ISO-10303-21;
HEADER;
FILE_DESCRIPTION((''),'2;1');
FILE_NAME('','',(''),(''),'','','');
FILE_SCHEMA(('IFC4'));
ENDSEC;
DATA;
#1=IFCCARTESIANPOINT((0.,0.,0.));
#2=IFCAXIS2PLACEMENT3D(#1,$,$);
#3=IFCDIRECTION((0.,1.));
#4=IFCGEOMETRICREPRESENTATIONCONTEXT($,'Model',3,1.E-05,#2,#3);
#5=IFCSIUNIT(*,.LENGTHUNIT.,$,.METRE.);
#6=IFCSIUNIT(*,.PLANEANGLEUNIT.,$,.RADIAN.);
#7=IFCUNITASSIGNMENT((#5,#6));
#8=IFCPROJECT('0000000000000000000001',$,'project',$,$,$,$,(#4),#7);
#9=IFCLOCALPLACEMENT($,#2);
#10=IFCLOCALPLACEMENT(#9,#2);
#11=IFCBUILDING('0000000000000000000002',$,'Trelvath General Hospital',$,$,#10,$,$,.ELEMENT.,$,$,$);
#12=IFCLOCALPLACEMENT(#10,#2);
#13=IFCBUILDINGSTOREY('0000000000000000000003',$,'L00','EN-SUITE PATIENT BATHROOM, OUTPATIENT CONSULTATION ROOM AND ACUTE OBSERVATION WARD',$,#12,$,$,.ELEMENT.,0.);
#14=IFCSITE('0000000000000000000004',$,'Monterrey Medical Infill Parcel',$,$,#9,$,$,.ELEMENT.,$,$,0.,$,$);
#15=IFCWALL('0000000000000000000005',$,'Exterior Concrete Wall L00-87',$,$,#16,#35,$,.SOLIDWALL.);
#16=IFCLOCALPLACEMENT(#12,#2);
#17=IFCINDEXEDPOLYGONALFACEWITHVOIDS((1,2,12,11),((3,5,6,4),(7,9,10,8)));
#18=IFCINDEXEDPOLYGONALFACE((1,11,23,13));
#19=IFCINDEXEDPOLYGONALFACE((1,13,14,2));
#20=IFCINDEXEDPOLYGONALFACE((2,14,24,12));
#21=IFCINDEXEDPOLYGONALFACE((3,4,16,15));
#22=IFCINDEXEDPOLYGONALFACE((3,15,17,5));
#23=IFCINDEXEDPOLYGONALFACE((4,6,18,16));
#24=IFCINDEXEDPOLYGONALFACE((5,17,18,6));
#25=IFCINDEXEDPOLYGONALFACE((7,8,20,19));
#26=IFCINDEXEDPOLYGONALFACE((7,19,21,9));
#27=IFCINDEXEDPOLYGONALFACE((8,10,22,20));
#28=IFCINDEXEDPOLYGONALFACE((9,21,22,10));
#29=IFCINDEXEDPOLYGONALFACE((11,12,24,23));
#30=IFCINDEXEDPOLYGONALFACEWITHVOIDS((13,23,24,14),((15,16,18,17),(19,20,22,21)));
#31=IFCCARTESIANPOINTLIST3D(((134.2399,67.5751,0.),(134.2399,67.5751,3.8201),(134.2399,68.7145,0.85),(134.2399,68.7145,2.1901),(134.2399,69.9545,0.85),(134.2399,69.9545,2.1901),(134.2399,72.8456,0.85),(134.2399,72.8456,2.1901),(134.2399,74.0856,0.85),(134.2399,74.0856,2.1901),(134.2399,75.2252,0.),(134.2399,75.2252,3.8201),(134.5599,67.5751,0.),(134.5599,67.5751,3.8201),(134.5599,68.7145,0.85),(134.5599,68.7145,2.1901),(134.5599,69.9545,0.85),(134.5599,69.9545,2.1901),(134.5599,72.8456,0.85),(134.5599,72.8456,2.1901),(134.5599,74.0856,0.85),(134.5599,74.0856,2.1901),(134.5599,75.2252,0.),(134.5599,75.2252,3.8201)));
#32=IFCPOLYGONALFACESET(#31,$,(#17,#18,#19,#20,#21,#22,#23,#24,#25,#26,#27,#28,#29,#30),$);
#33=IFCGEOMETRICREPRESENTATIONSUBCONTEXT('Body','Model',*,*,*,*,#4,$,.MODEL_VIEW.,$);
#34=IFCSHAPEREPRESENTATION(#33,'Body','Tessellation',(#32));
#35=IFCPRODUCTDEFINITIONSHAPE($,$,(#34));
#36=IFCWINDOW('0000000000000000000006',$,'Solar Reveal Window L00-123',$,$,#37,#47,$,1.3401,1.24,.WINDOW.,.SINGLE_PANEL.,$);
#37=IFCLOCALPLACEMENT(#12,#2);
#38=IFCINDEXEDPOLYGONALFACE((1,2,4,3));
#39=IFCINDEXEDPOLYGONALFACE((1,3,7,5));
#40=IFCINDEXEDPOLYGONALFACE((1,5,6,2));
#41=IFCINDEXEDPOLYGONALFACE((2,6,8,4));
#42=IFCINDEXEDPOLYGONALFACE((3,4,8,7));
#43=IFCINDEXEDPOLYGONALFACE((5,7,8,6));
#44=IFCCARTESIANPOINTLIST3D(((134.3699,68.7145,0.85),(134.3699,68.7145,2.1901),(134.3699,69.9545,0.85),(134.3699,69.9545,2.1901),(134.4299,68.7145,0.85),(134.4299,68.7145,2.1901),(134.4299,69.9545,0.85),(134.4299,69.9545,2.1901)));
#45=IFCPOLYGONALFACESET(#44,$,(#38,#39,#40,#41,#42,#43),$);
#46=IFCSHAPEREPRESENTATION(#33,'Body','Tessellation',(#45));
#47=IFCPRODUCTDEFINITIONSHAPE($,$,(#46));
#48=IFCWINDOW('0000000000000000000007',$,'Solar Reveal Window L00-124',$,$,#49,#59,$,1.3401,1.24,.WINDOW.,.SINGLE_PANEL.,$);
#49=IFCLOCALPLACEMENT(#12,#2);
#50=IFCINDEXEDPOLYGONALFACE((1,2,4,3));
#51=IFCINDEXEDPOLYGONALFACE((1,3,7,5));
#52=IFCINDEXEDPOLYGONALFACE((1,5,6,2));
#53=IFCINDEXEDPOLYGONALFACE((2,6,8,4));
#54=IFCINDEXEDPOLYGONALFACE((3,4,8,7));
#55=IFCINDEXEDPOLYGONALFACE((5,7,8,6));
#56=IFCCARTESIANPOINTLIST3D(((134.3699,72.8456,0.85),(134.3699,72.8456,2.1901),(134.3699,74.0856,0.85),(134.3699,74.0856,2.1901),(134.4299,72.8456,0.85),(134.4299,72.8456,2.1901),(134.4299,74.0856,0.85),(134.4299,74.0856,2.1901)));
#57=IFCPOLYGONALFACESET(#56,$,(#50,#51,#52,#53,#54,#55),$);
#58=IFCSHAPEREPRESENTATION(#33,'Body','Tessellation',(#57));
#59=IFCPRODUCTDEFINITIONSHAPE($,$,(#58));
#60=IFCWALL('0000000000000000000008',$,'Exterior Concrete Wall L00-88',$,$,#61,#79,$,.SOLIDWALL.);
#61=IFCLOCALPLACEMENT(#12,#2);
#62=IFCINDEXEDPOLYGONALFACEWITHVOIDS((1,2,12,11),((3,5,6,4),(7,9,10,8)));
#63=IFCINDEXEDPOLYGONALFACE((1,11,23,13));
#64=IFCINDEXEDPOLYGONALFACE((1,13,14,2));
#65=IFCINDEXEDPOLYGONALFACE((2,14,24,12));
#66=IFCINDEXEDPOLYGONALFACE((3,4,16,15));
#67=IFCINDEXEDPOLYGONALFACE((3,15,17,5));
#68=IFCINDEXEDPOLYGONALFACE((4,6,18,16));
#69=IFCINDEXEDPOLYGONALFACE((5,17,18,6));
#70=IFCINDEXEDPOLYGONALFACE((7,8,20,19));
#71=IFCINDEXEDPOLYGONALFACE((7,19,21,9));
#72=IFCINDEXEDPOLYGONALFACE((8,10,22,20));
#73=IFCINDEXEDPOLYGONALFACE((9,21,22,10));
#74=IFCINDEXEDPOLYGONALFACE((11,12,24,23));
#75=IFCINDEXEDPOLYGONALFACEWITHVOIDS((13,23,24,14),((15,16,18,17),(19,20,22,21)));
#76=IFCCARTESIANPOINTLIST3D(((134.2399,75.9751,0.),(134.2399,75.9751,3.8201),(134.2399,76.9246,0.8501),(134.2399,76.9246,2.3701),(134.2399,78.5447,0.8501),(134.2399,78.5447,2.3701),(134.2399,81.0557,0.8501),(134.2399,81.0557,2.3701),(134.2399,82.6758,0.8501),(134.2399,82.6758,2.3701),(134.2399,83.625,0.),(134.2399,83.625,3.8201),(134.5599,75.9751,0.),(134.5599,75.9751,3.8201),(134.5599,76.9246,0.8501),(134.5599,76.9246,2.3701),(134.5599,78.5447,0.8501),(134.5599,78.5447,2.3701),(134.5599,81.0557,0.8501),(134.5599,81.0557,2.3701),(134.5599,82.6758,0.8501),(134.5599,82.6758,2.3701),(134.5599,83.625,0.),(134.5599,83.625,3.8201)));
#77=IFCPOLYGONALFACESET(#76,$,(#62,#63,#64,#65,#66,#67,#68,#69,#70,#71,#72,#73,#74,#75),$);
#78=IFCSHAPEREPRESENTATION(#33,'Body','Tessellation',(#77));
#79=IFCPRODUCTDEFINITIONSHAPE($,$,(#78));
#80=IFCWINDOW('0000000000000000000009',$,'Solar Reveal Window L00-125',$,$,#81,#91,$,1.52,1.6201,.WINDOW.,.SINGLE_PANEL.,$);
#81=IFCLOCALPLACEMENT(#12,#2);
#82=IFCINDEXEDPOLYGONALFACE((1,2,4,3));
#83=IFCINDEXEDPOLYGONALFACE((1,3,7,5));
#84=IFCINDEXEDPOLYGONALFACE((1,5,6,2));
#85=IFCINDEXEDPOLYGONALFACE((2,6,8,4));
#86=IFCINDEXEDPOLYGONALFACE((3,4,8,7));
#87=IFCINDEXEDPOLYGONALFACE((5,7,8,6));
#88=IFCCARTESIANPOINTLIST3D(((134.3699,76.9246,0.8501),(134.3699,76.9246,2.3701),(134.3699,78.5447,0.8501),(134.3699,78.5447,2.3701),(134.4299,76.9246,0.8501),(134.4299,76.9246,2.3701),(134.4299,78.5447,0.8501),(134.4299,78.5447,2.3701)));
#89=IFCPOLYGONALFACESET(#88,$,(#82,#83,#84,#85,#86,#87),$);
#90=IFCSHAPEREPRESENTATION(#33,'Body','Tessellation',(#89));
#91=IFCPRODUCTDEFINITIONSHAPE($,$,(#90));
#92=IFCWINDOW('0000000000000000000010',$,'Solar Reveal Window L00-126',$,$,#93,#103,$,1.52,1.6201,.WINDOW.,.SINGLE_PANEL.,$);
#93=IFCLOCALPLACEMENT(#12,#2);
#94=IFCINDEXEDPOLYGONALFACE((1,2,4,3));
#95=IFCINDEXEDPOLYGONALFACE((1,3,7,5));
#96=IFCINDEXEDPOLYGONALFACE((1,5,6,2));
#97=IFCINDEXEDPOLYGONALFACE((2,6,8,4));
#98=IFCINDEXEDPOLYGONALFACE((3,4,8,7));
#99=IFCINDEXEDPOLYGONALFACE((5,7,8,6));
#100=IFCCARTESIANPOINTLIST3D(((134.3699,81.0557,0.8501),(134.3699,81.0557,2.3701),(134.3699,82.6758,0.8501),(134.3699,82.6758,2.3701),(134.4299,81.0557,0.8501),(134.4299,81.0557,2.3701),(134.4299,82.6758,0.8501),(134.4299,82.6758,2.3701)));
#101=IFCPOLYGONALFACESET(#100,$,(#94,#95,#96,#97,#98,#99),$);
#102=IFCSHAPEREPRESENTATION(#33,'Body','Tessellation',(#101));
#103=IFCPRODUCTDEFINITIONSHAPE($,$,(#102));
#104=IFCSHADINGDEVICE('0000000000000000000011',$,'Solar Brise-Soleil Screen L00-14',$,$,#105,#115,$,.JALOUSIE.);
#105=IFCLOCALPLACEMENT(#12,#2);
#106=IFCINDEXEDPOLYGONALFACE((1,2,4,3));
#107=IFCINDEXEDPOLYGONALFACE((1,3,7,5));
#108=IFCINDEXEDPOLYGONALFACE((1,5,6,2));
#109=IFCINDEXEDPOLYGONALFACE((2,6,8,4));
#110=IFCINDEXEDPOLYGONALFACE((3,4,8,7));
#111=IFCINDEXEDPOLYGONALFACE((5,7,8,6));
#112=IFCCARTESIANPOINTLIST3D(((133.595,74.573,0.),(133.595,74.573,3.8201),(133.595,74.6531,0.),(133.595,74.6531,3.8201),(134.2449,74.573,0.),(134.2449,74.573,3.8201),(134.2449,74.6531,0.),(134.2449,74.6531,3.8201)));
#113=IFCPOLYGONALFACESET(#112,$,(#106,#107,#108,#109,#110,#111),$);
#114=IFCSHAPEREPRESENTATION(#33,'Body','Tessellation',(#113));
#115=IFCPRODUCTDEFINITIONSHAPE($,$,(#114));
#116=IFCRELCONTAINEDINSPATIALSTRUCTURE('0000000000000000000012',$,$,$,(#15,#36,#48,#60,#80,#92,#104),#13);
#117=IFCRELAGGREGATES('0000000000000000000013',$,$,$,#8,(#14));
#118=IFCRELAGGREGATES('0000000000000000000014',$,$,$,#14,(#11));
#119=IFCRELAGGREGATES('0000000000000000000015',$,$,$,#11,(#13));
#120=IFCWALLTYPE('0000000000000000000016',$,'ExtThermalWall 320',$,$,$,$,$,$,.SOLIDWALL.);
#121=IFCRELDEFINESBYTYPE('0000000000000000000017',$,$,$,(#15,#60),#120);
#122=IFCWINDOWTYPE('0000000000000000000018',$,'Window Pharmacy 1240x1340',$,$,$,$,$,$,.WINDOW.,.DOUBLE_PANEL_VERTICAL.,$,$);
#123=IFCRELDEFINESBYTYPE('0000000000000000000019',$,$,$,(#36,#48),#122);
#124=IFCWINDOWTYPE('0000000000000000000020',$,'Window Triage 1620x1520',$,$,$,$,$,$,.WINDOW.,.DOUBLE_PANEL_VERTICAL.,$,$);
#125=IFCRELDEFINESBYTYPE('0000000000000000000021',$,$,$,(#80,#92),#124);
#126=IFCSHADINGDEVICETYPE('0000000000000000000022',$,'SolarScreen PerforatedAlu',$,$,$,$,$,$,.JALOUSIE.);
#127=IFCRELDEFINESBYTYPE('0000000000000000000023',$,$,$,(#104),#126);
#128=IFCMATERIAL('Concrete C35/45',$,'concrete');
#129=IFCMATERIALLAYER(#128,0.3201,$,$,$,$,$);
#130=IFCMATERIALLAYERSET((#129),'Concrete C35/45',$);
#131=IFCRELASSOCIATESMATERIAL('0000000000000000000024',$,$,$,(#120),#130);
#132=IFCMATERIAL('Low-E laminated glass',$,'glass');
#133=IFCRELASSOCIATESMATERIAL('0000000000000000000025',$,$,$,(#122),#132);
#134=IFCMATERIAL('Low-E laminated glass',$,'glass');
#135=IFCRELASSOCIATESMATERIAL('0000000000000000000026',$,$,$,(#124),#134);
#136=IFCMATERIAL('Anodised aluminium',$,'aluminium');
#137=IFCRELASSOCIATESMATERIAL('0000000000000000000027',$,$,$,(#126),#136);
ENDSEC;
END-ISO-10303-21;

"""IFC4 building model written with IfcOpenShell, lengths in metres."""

from ifc_helpers import new_model, si_unit, direction, frame, frame_2d, origin, origin_2d, place, context, subcontext, project, spatial, rectangle, extrude, material, layer, layer_set, type_object, element, fill, save


model = new_model("IFC4")

# Units and contexts
model_context = context("Model", 3, precision=1e-05, world=origin(), true_north=direction((0.0, 1.0)))
body_context = subcontext(model_context, "Body", "Model", "MODEL_VIEW")
ifc_project = project(units=[si_unit("LENGTHUNIT", "METRE"), si_unit("PLANEANGLEUNIT", "RADIAN")], contexts=[model_context])

# Site, building, storey
site_placement = place(None, origin())
site = spatial("IfcSite", under=ifc_project, at=site_placement, Name="Monterrey Medical Infill Parcel", CompositionType="ELEMENT", RefElevation=0.0)
building_placement = place(site_placement, origin())
building = spatial("IfcBuilding", under=site, at=building_placement, Name="Trelvath General Hospital", CompositionType="ELEMENT")
storey_placement = place(building_placement, origin())
storey = spatial("IfcBuildingStorey", under=building, at=storey_placement, Name="L00", Description="EN-SUITE PATIENT BATHROOM, OUTPATIENT CONSULTATION ROOM AND ACUTE OBSERVATION WARD", CompositionType="ELEMENT", Elevation=0.0)

# Walls, openings, windows
ifc_material_1 = material(Name="Concrete C35/45", Category="concrete")
ifc_layer_1 = layer(ifc_material_1, 0.3201)
ifc_layer_set_1 = layer_set([ifc_layer_1], Name="Concrete C35/45")
wall_type_1 = type_object("IfcWallType", Name="ExtThermalWall 320", PredefinedType="SOLIDWALL", material=ifc_layer_set_1)
wall_1_placement = place(storey_placement, frame((134.3999, 67.575, 0.0), z_axis=(0.0, 0.0, 1.0), x_axis=(0.0, 1.0, 0.0)))
wall_1 = element("IfcWall", 1, at=wall_1_placement, inside=storey, type_object=wall_type_1, Name="Exterior Concrete Wall L00-87", PredefinedType="SOLIDWALL", context=body_context, shape_type="SweptSolid", body=[
    extrude(rectangle(XDim=7.6501, YDim=0.3201, at=frame_2d((3.8252, 0.0))), origin(), (0.0, 0.0, 1.0), 3.8201),
])
opening_1_placement = place(wall_1_placement, frame((1.1394, 0.0, 0.8501)))
opening_1 = element("IfcOpeningElement", 2, at=opening_1_placement, cuts=wall_1, PredefinedType="OPENING", context=body_context, shape_type="SweptSolid", body=[
    extrude(rectangle(XDim=1.24, YDim=1.3401, at=frame_2d((0.6201, 0.6699))), frame((0.0, 0.1699, 0.0), z_axis=(0.0, -1.0, 0.0), x_axis=(1.0, 0.0, 0.0)), (0.0, 0.0, 1.0), 0.3401),
])
opening_2_placement = place(wall_1_placement, frame((5.2705, 0.0, 0.8501)))
opening_2 = element("IfcOpeningElement", 3, at=opening_2_placement, cuts=wall_1, PredefinedType="OPENING", context=body_context, shape_type="SweptSolid", body=[
    extrude(rectangle(XDim=1.24, YDim=1.3401, at=frame_2d((0.6201, 0.6699))), frame((0.0, 0.1699, 0.0), z_axis=(0.0, -1.0, 0.0), x_axis=(1.0, 0.0, 0.0)), (0.0, 0.0, 1.0), 0.3401),
])
ifc_material_2 = material(Name="Low-E laminated glass", Category="glass")
window_type_1 = type_object("IfcWindowType", Name="Window Pharmacy 1240x1340", PartitioningType="DOUBLE_PANEL_VERTICAL", PredefinedType="WINDOW", material=ifc_material_2)
window_1_placement = place(opening_1_placement, origin())
window_1 = element("IfcWindow", 4, at=window_1_placement, inside=storey, type_object=window_type_1, Name="Solar Reveal Window L00-123", OverallHeight=1.3401, OverallWidth=1.24, PartitioningType="SINGLE_PANEL", PredefinedType="WINDOW", context=body_context, shape_type="SweptSolid", body=[
    extrude(rectangle(XDim=1.24, YDim=1.3401, at=frame_2d((0.6201, 0.6699))), frame((0.0, 0.03, 0.0), z_axis=(0.0, -1.0, 0.0), x_axis=(1.0, 0.0, 0.0)), (0.0, 0.0, 1.0), 0.0601),
])
fill(opening_1, window_1)
window_2_placement = place(opening_2_placement, origin())
window_2 = element("IfcWindow", 5, at=window_2_placement, inside=storey, type_object=window_type_1, Name="Solar Reveal Window L00-124", OverallHeight=1.3401, OverallWidth=1.24, PartitioningType="SINGLE_PANEL", PredefinedType="WINDOW", context=body_context, shape_type="SweptSolid", body=[
    extrude(rectangle(XDim=1.24, YDim=1.3401, at=frame_2d((0.6201, 0.6699))), frame((0.0, 0.03, 0.0), z_axis=(0.0, -1.0, 0.0), x_axis=(1.0, 0.0, 0.0)), (0.0, 0.0, 1.0), 0.0601),
])
fill(opening_2, window_2)
wall_2_placement = place(storey_placement, frame((134.3999, 75.9751, 0.0), z_axis=(0.0, 0.0, 1.0), x_axis=(0.0, 1.0, 0.0)))
wall_2 = element("IfcWall", 6, at=wall_2_placement, inside=storey, type_object=wall_type_1, Name="Exterior Concrete Wall L00-88", PredefinedType="SOLIDWALL", context=body_context, shape_type="SweptSolid", body=[
    extrude(rectangle(XDim=7.6499, YDim=0.3201, at=frame_2d((3.825, 0.0))), origin(), (0.0, 0.0, 1.0), 3.8201),
])
opening_3_placement = place(wall_2_placement, frame((0.9495, 0.0, 0.8501)))
opening_3 = element("IfcOpeningElement", 7, at=opening_3_placement, cuts=wall_2, PredefinedType="OPENING", context=body_context, shape_type="SweptSolid", body=[
    extrude(rectangle(XDim=1.6201, YDim=1.52, at=frame_2d((0.8101, 0.76))), frame((0.0, 0.1699, 0.0), z_axis=(0.0, -1.0, 0.0), x_axis=(1.0, 0.0, 0.0)), (0.0, 0.0, 1.0), 0.3401),
])
opening_4_placement = place(wall_2_placement, frame((5.0806, 0.0, 0.8501)))
opening_4 = element("IfcOpeningElement", 8, at=opening_4_placement, cuts=wall_2, PredefinedType="OPENING", context=body_context, shape_type="SweptSolid", body=[
    extrude(rectangle(XDim=1.6201, YDim=1.52, at=frame_2d((0.8101, 0.76))), frame((0.0, 0.1699, 0.0), z_axis=(0.0, -1.0, 0.0), x_axis=(1.0, 0.0, 0.0)), (0.0, 0.0, 1.0), 0.3401),
])
ifc_material_3 = material(Name="Low-E laminated glass", Category="glass")
window_type_2 = type_object("IfcWindowType", Name="Window Triage 1620x1520", PartitioningType="DOUBLE_PANEL_VERTICAL", PredefinedType="WINDOW", material=ifc_material_3)
window_3_placement = place(opening_3_placement, origin())
window_3 = element("IfcWindow", 9, at=window_3_placement, inside=storey, type_object=window_type_2, Name="Solar Reveal Window L00-125", OverallHeight=1.52, OverallWidth=1.6201, PartitioningType="SINGLE_PANEL", PredefinedType="WINDOW", context=body_context, shape_type="SweptSolid", body=[
    extrude(rectangle(XDim=1.6201, YDim=1.52, at=frame_2d((0.8101, 0.76))), frame((0.0, 0.03, 0.0), z_axis=(0.0, -1.0, 0.0), x_axis=(1.0, 0.0, 0.0)), (0.0, 0.0, 1.0), 0.0601),
])
fill(opening_3, window_3)
window_4_placement = place(opening_4_placement, origin())
window_4 = element("IfcWindow", 10, at=window_4_placement, inside=storey, type_object=window_type_2, Name="Solar Reveal Window L00-126", OverallHeight=1.52, OverallWidth=1.6201, PartitioningType="SINGLE_PANEL", PredefinedType="WINDOW", context=body_context, shape_type="SweptSolid", body=[
    extrude(rectangle(XDim=1.6201, YDim=1.52, at=frame_2d((0.8101, 0.76))), frame((0.0, 0.03, 0.0), z_axis=(0.0, -1.0, 0.0), x_axis=(1.0, 0.0, 0.0)), (0.0, 0.0, 1.0), 0.0601),
])
fill(opening_4, window_4)

# Shading device
ifc_material_4 = material(Name="Anodised aluminium", Category="aluminium")
shading_device_type = type_object("IfcShadingDeviceType", Name="SolarScreen PerforatedAlu", PredefinedType="JALOUSIE", material=ifc_material_4)
shading_device_placement = place(storey_placement, frame((133.9199, 74.613, 0.0), z_axis=(0.0, 0.0, 1.0), x_axis=(-1.0, 0.0, 0.0)))
element("IfcShadingDevice", 11, at=shading_device_placement, inside=storey, type_object=shading_device_type, Name="Solar Brise-Soleil Screen L00-14", PredefinedType="JALOUSIE", context=body_context, shape_type="SweptSolid", body=[
    extrude(rectangle(XDim=0.6499, YDim=0.0801, at=origin_2d()), origin(), (0.0, 0.0, 1.0), 3.8201),
])

save(model, "model.ifc")
